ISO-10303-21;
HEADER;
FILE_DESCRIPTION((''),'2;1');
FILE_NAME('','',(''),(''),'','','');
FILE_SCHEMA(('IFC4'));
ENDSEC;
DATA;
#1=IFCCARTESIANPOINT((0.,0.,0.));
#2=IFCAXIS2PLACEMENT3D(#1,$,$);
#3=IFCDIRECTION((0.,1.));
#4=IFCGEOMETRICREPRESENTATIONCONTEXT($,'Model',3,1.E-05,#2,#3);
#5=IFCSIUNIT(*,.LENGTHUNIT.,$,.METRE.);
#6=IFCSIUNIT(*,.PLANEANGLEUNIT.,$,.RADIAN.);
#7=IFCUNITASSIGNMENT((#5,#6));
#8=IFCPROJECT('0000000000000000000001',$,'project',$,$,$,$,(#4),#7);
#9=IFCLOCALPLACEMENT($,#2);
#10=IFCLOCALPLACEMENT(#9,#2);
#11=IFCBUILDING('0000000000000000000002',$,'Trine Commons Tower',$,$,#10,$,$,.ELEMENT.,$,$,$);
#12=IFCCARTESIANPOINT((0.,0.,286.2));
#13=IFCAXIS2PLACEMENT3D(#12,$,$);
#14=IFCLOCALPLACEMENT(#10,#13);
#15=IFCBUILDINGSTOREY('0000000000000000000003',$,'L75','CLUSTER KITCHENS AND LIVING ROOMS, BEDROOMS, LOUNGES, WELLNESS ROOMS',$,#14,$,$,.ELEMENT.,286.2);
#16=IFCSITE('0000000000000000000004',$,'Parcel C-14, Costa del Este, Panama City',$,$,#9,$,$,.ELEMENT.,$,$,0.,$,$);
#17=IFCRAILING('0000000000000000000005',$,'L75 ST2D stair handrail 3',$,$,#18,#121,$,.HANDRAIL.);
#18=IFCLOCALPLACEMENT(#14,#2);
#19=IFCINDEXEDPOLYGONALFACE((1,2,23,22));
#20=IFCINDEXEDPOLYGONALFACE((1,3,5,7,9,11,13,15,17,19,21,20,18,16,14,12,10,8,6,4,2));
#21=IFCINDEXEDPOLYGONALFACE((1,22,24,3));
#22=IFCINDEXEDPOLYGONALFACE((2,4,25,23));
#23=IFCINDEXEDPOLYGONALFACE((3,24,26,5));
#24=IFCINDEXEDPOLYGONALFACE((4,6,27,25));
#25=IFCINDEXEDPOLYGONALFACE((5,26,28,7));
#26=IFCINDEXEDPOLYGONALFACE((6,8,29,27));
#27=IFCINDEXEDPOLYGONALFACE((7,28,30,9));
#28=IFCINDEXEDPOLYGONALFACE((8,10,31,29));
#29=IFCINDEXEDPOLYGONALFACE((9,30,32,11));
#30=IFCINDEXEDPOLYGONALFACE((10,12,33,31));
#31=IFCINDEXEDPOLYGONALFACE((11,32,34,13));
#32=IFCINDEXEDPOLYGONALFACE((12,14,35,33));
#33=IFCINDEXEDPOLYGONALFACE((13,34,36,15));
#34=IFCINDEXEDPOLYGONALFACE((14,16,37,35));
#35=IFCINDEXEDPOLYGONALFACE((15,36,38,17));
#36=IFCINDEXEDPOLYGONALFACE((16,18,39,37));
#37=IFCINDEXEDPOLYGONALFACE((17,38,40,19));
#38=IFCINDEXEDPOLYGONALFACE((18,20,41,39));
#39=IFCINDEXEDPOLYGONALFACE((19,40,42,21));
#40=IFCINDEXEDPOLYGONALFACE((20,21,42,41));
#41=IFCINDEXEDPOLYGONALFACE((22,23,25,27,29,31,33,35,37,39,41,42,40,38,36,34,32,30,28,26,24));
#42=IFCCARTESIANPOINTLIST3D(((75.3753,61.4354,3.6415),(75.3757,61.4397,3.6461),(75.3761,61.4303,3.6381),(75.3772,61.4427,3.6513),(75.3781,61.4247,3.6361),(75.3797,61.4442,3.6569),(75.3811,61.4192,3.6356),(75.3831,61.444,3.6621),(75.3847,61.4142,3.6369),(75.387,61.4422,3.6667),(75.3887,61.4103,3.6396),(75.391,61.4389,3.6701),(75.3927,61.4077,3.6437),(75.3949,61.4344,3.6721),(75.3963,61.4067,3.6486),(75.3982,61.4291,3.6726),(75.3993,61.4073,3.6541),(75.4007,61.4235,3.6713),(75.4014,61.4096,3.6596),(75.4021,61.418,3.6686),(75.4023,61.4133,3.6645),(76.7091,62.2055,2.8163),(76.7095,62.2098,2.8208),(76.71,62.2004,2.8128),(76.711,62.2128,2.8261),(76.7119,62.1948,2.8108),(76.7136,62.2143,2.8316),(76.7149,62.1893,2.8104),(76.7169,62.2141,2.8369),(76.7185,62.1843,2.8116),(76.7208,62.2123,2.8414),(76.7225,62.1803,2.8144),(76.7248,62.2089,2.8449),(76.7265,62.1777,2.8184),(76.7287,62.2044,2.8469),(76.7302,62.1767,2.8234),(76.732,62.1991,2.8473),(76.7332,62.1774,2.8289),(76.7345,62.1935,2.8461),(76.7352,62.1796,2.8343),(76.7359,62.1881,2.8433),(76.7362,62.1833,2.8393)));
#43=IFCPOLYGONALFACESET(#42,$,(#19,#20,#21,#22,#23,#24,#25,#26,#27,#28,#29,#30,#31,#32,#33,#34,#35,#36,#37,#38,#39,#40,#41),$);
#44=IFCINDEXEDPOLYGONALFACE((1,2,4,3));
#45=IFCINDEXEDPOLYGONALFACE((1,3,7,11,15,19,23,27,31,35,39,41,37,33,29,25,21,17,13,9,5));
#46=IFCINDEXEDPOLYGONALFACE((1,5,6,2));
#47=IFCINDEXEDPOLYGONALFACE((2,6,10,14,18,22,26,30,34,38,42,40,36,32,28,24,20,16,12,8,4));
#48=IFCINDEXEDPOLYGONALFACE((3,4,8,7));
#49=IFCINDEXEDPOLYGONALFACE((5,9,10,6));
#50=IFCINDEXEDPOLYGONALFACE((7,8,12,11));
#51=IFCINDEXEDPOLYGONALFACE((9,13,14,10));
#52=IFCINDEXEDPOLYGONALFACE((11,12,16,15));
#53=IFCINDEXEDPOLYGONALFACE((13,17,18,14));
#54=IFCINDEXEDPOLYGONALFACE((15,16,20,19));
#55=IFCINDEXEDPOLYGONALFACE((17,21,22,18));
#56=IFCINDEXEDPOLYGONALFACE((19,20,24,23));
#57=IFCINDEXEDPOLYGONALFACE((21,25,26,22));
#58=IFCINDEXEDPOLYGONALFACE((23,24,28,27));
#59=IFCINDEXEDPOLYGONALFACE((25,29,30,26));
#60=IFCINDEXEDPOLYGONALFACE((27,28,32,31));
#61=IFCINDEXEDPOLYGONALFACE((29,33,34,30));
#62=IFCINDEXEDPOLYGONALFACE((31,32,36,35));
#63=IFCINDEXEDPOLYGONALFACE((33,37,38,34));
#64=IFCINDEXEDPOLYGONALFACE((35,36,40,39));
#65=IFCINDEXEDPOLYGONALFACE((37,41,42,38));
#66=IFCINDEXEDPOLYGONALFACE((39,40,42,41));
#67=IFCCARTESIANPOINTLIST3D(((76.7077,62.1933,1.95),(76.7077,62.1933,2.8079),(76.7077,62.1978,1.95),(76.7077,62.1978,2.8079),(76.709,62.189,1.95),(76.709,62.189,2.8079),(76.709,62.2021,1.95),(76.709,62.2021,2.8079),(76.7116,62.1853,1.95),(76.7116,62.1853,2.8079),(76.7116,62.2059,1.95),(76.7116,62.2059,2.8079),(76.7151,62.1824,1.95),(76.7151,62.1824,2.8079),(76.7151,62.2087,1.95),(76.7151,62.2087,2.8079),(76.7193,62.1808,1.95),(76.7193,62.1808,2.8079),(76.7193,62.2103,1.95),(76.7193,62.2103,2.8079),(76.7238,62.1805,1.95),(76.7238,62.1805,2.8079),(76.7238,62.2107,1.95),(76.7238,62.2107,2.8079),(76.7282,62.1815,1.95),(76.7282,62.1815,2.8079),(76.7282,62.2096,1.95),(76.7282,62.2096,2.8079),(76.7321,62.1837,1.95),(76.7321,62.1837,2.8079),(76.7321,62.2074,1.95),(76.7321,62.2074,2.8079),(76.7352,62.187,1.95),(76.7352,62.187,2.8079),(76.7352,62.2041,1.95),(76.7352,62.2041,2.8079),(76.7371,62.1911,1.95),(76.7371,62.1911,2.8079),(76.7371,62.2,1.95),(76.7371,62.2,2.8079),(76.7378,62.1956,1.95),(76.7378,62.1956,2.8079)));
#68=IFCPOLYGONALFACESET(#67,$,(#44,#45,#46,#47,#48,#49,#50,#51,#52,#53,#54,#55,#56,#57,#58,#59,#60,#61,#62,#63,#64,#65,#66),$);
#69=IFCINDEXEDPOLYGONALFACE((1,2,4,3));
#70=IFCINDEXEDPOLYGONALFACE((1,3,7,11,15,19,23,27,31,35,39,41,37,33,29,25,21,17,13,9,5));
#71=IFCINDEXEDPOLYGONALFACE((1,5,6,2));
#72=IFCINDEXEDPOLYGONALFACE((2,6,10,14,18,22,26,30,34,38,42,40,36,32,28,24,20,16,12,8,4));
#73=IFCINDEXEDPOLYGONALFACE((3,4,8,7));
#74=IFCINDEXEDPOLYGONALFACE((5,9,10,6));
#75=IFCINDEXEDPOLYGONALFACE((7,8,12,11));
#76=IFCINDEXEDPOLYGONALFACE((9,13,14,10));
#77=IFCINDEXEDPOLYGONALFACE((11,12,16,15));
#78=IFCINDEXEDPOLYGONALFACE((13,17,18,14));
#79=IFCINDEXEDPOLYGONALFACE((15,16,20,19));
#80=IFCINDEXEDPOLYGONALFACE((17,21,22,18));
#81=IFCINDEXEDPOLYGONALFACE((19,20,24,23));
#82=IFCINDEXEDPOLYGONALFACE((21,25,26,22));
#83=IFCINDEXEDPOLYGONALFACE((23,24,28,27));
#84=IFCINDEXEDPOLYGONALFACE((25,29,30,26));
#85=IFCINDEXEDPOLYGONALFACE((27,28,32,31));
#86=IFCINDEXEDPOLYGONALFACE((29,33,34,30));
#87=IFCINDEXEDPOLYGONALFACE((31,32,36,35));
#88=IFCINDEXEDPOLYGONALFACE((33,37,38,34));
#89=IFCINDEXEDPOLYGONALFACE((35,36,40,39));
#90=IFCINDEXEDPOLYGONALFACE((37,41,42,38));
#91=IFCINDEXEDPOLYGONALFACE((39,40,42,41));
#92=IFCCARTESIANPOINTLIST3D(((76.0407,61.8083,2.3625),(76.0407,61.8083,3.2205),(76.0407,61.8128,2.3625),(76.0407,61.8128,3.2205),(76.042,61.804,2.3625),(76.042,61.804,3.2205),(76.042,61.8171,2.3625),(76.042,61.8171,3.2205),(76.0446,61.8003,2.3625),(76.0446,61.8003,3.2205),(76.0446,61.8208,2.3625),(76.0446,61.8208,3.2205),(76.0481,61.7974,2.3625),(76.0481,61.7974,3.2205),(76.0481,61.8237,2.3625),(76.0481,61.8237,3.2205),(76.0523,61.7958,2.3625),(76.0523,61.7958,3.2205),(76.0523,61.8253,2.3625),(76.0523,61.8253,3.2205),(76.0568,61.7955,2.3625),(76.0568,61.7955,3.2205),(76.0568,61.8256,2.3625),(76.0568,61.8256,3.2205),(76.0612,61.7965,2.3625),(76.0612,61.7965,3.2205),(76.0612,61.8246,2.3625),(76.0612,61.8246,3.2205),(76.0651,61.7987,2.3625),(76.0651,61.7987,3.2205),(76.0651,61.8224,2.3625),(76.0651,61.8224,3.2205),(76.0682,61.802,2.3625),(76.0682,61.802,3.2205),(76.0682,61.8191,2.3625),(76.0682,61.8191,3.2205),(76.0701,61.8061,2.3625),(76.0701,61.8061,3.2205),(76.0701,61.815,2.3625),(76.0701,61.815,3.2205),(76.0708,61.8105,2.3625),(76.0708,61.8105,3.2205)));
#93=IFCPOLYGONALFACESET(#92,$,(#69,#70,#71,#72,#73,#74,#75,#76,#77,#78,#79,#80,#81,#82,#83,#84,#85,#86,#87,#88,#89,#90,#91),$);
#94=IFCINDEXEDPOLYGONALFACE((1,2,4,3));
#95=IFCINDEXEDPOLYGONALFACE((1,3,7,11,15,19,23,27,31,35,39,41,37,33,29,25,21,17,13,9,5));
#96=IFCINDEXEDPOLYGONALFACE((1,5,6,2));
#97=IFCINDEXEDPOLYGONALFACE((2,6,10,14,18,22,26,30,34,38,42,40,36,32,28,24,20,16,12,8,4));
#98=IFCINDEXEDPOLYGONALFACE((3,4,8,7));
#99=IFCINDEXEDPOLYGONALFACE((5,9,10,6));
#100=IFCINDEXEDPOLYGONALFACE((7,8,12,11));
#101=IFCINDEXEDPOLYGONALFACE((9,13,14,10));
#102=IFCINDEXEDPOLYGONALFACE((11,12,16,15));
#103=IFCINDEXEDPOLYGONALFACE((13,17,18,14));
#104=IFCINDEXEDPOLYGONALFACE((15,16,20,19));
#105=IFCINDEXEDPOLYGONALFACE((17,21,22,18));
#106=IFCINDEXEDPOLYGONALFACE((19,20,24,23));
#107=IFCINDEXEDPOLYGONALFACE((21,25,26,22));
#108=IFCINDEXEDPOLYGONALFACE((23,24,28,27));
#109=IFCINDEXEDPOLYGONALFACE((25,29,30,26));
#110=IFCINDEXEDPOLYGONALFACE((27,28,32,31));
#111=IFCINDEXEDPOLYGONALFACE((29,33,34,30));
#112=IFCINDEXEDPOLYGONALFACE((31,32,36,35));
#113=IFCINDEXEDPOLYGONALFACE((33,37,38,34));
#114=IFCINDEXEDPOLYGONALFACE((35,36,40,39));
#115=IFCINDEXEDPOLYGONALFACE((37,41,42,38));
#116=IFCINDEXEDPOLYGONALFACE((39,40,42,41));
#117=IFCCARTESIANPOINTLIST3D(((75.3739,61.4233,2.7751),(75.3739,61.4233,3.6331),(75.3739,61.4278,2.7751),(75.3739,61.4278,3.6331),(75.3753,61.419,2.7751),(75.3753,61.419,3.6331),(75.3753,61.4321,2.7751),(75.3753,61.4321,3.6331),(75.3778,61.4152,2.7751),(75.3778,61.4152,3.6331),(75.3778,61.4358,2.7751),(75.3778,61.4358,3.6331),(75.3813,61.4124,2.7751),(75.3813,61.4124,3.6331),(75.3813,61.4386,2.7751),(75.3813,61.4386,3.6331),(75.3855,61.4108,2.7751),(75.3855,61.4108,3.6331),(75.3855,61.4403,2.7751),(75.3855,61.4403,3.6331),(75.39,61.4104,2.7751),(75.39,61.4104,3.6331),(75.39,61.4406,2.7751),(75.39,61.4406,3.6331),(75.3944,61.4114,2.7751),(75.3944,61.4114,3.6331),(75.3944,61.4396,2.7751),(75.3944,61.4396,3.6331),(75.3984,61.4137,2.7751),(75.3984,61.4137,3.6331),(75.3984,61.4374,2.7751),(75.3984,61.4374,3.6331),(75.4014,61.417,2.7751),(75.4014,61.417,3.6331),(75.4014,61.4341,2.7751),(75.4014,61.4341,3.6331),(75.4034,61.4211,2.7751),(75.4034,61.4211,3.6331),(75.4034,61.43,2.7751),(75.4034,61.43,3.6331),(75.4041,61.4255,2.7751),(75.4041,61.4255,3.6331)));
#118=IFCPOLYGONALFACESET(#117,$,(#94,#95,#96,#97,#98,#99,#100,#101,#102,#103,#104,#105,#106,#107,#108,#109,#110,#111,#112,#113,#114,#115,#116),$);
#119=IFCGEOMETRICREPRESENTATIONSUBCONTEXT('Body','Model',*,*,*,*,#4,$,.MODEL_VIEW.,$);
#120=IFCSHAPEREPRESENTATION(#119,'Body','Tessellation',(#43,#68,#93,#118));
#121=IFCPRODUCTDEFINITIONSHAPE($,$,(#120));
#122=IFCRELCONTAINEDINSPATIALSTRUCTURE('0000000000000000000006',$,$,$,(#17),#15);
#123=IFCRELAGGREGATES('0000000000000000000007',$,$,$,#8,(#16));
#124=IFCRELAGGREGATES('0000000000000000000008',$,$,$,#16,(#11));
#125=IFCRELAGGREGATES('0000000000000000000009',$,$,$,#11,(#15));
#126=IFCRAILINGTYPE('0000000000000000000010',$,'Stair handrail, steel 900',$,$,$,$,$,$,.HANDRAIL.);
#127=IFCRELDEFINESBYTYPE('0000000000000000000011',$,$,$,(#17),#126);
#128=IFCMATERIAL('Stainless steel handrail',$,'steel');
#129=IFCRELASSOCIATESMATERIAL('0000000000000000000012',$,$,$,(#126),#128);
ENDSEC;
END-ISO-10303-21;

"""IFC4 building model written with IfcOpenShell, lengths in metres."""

from ifc_helpers import new_model, si_unit, direction, frame, origin, origin_2d, place, context, subcontext, project, spatial, circle, extrude, material, type_object, element, save


model = new_model("IFC4")

# Units and contexts
model_context = context("Model", 3, precision=1e-05, world=origin(), true_north=direction((0.0, 1.0)))
body_context = subcontext(model_context, "Body", "Model", "MODEL_VIEW")
ifc_project = project(units=[si_unit("LENGTHUNIT", "METRE"), si_unit("PLANEANGLEUNIT", "RADIAN")], contexts=[model_context])

# Site, building, storey
site_placement = place(None, origin())
site = spatial("IfcSite", under=ifc_project, at=site_placement, Name="Parcel C-14, Costa del Este, Panama City", CompositionType="ELEMENT", RefElevation=0.0)
building_placement = place(site_placement, origin())
building = spatial("IfcBuilding", under=site, at=building_placement, Name="Trine Commons Tower", CompositionType="ELEMENT")
storey_placement = place(building_placement, frame((0.0, 0.0, 286.2)))
storey = spatial("IfcBuildingStorey", under=building, at=storey_placement, Name="L75", Description="CLUSTER KITCHENS AND LIVING ROOMS, BEDROOMS, LOUNGES, WELLNESS ROOMS", CompositionType="ELEMENT", Elevation=286.2)

# Railing
ifc_material_1 = material(Name="Stainless steel handrail", Category="steel")
railing_type_1 = type_object("IfcRailingType", Name="Stair handrail, steel 900", PredefinedType="HANDRAIL", material=ifc_material_1)
railing_1_placement = place(storey_placement, frame((76.7227, 62.1956, 1.95)))
element("IfcRailing", 1, at=railing_1_placement, inside=storey, type_object=railing_type_1, Name="L75 ST2D stair handrail 3", PredefinedType="HANDRAIL", context=body_context, shape_type="SweptSolid", body=[
    extrude(circle(Radius=0.021, at=origin_2d()), frame((0.0, 0.0, 0.8789), z_axis=(-0.763355, -0.440714, 0.472293), x_axis=(0.499992, -0.86603, 0.0)), (0.0, 0.0, 1.0), 1.7473),
    extrude(circle(Radius=0.0151, at=origin_2d()), origin(), (0.0, 0.0, 1.0), 0.8579),
    extrude(circle(Radius=0.0151, at=origin_2d()), frame((-0.667, -0.385, 0.4126)), (0.0, 0.0, 1.0), 0.8579),
    extrude(circle(Radius=0.0151, at=origin_2d()), frame((-1.3337, -0.77, 0.8252)), (0.0, 0.0, 1.0), 0.8579),
])

save(model, "model.ifc")
